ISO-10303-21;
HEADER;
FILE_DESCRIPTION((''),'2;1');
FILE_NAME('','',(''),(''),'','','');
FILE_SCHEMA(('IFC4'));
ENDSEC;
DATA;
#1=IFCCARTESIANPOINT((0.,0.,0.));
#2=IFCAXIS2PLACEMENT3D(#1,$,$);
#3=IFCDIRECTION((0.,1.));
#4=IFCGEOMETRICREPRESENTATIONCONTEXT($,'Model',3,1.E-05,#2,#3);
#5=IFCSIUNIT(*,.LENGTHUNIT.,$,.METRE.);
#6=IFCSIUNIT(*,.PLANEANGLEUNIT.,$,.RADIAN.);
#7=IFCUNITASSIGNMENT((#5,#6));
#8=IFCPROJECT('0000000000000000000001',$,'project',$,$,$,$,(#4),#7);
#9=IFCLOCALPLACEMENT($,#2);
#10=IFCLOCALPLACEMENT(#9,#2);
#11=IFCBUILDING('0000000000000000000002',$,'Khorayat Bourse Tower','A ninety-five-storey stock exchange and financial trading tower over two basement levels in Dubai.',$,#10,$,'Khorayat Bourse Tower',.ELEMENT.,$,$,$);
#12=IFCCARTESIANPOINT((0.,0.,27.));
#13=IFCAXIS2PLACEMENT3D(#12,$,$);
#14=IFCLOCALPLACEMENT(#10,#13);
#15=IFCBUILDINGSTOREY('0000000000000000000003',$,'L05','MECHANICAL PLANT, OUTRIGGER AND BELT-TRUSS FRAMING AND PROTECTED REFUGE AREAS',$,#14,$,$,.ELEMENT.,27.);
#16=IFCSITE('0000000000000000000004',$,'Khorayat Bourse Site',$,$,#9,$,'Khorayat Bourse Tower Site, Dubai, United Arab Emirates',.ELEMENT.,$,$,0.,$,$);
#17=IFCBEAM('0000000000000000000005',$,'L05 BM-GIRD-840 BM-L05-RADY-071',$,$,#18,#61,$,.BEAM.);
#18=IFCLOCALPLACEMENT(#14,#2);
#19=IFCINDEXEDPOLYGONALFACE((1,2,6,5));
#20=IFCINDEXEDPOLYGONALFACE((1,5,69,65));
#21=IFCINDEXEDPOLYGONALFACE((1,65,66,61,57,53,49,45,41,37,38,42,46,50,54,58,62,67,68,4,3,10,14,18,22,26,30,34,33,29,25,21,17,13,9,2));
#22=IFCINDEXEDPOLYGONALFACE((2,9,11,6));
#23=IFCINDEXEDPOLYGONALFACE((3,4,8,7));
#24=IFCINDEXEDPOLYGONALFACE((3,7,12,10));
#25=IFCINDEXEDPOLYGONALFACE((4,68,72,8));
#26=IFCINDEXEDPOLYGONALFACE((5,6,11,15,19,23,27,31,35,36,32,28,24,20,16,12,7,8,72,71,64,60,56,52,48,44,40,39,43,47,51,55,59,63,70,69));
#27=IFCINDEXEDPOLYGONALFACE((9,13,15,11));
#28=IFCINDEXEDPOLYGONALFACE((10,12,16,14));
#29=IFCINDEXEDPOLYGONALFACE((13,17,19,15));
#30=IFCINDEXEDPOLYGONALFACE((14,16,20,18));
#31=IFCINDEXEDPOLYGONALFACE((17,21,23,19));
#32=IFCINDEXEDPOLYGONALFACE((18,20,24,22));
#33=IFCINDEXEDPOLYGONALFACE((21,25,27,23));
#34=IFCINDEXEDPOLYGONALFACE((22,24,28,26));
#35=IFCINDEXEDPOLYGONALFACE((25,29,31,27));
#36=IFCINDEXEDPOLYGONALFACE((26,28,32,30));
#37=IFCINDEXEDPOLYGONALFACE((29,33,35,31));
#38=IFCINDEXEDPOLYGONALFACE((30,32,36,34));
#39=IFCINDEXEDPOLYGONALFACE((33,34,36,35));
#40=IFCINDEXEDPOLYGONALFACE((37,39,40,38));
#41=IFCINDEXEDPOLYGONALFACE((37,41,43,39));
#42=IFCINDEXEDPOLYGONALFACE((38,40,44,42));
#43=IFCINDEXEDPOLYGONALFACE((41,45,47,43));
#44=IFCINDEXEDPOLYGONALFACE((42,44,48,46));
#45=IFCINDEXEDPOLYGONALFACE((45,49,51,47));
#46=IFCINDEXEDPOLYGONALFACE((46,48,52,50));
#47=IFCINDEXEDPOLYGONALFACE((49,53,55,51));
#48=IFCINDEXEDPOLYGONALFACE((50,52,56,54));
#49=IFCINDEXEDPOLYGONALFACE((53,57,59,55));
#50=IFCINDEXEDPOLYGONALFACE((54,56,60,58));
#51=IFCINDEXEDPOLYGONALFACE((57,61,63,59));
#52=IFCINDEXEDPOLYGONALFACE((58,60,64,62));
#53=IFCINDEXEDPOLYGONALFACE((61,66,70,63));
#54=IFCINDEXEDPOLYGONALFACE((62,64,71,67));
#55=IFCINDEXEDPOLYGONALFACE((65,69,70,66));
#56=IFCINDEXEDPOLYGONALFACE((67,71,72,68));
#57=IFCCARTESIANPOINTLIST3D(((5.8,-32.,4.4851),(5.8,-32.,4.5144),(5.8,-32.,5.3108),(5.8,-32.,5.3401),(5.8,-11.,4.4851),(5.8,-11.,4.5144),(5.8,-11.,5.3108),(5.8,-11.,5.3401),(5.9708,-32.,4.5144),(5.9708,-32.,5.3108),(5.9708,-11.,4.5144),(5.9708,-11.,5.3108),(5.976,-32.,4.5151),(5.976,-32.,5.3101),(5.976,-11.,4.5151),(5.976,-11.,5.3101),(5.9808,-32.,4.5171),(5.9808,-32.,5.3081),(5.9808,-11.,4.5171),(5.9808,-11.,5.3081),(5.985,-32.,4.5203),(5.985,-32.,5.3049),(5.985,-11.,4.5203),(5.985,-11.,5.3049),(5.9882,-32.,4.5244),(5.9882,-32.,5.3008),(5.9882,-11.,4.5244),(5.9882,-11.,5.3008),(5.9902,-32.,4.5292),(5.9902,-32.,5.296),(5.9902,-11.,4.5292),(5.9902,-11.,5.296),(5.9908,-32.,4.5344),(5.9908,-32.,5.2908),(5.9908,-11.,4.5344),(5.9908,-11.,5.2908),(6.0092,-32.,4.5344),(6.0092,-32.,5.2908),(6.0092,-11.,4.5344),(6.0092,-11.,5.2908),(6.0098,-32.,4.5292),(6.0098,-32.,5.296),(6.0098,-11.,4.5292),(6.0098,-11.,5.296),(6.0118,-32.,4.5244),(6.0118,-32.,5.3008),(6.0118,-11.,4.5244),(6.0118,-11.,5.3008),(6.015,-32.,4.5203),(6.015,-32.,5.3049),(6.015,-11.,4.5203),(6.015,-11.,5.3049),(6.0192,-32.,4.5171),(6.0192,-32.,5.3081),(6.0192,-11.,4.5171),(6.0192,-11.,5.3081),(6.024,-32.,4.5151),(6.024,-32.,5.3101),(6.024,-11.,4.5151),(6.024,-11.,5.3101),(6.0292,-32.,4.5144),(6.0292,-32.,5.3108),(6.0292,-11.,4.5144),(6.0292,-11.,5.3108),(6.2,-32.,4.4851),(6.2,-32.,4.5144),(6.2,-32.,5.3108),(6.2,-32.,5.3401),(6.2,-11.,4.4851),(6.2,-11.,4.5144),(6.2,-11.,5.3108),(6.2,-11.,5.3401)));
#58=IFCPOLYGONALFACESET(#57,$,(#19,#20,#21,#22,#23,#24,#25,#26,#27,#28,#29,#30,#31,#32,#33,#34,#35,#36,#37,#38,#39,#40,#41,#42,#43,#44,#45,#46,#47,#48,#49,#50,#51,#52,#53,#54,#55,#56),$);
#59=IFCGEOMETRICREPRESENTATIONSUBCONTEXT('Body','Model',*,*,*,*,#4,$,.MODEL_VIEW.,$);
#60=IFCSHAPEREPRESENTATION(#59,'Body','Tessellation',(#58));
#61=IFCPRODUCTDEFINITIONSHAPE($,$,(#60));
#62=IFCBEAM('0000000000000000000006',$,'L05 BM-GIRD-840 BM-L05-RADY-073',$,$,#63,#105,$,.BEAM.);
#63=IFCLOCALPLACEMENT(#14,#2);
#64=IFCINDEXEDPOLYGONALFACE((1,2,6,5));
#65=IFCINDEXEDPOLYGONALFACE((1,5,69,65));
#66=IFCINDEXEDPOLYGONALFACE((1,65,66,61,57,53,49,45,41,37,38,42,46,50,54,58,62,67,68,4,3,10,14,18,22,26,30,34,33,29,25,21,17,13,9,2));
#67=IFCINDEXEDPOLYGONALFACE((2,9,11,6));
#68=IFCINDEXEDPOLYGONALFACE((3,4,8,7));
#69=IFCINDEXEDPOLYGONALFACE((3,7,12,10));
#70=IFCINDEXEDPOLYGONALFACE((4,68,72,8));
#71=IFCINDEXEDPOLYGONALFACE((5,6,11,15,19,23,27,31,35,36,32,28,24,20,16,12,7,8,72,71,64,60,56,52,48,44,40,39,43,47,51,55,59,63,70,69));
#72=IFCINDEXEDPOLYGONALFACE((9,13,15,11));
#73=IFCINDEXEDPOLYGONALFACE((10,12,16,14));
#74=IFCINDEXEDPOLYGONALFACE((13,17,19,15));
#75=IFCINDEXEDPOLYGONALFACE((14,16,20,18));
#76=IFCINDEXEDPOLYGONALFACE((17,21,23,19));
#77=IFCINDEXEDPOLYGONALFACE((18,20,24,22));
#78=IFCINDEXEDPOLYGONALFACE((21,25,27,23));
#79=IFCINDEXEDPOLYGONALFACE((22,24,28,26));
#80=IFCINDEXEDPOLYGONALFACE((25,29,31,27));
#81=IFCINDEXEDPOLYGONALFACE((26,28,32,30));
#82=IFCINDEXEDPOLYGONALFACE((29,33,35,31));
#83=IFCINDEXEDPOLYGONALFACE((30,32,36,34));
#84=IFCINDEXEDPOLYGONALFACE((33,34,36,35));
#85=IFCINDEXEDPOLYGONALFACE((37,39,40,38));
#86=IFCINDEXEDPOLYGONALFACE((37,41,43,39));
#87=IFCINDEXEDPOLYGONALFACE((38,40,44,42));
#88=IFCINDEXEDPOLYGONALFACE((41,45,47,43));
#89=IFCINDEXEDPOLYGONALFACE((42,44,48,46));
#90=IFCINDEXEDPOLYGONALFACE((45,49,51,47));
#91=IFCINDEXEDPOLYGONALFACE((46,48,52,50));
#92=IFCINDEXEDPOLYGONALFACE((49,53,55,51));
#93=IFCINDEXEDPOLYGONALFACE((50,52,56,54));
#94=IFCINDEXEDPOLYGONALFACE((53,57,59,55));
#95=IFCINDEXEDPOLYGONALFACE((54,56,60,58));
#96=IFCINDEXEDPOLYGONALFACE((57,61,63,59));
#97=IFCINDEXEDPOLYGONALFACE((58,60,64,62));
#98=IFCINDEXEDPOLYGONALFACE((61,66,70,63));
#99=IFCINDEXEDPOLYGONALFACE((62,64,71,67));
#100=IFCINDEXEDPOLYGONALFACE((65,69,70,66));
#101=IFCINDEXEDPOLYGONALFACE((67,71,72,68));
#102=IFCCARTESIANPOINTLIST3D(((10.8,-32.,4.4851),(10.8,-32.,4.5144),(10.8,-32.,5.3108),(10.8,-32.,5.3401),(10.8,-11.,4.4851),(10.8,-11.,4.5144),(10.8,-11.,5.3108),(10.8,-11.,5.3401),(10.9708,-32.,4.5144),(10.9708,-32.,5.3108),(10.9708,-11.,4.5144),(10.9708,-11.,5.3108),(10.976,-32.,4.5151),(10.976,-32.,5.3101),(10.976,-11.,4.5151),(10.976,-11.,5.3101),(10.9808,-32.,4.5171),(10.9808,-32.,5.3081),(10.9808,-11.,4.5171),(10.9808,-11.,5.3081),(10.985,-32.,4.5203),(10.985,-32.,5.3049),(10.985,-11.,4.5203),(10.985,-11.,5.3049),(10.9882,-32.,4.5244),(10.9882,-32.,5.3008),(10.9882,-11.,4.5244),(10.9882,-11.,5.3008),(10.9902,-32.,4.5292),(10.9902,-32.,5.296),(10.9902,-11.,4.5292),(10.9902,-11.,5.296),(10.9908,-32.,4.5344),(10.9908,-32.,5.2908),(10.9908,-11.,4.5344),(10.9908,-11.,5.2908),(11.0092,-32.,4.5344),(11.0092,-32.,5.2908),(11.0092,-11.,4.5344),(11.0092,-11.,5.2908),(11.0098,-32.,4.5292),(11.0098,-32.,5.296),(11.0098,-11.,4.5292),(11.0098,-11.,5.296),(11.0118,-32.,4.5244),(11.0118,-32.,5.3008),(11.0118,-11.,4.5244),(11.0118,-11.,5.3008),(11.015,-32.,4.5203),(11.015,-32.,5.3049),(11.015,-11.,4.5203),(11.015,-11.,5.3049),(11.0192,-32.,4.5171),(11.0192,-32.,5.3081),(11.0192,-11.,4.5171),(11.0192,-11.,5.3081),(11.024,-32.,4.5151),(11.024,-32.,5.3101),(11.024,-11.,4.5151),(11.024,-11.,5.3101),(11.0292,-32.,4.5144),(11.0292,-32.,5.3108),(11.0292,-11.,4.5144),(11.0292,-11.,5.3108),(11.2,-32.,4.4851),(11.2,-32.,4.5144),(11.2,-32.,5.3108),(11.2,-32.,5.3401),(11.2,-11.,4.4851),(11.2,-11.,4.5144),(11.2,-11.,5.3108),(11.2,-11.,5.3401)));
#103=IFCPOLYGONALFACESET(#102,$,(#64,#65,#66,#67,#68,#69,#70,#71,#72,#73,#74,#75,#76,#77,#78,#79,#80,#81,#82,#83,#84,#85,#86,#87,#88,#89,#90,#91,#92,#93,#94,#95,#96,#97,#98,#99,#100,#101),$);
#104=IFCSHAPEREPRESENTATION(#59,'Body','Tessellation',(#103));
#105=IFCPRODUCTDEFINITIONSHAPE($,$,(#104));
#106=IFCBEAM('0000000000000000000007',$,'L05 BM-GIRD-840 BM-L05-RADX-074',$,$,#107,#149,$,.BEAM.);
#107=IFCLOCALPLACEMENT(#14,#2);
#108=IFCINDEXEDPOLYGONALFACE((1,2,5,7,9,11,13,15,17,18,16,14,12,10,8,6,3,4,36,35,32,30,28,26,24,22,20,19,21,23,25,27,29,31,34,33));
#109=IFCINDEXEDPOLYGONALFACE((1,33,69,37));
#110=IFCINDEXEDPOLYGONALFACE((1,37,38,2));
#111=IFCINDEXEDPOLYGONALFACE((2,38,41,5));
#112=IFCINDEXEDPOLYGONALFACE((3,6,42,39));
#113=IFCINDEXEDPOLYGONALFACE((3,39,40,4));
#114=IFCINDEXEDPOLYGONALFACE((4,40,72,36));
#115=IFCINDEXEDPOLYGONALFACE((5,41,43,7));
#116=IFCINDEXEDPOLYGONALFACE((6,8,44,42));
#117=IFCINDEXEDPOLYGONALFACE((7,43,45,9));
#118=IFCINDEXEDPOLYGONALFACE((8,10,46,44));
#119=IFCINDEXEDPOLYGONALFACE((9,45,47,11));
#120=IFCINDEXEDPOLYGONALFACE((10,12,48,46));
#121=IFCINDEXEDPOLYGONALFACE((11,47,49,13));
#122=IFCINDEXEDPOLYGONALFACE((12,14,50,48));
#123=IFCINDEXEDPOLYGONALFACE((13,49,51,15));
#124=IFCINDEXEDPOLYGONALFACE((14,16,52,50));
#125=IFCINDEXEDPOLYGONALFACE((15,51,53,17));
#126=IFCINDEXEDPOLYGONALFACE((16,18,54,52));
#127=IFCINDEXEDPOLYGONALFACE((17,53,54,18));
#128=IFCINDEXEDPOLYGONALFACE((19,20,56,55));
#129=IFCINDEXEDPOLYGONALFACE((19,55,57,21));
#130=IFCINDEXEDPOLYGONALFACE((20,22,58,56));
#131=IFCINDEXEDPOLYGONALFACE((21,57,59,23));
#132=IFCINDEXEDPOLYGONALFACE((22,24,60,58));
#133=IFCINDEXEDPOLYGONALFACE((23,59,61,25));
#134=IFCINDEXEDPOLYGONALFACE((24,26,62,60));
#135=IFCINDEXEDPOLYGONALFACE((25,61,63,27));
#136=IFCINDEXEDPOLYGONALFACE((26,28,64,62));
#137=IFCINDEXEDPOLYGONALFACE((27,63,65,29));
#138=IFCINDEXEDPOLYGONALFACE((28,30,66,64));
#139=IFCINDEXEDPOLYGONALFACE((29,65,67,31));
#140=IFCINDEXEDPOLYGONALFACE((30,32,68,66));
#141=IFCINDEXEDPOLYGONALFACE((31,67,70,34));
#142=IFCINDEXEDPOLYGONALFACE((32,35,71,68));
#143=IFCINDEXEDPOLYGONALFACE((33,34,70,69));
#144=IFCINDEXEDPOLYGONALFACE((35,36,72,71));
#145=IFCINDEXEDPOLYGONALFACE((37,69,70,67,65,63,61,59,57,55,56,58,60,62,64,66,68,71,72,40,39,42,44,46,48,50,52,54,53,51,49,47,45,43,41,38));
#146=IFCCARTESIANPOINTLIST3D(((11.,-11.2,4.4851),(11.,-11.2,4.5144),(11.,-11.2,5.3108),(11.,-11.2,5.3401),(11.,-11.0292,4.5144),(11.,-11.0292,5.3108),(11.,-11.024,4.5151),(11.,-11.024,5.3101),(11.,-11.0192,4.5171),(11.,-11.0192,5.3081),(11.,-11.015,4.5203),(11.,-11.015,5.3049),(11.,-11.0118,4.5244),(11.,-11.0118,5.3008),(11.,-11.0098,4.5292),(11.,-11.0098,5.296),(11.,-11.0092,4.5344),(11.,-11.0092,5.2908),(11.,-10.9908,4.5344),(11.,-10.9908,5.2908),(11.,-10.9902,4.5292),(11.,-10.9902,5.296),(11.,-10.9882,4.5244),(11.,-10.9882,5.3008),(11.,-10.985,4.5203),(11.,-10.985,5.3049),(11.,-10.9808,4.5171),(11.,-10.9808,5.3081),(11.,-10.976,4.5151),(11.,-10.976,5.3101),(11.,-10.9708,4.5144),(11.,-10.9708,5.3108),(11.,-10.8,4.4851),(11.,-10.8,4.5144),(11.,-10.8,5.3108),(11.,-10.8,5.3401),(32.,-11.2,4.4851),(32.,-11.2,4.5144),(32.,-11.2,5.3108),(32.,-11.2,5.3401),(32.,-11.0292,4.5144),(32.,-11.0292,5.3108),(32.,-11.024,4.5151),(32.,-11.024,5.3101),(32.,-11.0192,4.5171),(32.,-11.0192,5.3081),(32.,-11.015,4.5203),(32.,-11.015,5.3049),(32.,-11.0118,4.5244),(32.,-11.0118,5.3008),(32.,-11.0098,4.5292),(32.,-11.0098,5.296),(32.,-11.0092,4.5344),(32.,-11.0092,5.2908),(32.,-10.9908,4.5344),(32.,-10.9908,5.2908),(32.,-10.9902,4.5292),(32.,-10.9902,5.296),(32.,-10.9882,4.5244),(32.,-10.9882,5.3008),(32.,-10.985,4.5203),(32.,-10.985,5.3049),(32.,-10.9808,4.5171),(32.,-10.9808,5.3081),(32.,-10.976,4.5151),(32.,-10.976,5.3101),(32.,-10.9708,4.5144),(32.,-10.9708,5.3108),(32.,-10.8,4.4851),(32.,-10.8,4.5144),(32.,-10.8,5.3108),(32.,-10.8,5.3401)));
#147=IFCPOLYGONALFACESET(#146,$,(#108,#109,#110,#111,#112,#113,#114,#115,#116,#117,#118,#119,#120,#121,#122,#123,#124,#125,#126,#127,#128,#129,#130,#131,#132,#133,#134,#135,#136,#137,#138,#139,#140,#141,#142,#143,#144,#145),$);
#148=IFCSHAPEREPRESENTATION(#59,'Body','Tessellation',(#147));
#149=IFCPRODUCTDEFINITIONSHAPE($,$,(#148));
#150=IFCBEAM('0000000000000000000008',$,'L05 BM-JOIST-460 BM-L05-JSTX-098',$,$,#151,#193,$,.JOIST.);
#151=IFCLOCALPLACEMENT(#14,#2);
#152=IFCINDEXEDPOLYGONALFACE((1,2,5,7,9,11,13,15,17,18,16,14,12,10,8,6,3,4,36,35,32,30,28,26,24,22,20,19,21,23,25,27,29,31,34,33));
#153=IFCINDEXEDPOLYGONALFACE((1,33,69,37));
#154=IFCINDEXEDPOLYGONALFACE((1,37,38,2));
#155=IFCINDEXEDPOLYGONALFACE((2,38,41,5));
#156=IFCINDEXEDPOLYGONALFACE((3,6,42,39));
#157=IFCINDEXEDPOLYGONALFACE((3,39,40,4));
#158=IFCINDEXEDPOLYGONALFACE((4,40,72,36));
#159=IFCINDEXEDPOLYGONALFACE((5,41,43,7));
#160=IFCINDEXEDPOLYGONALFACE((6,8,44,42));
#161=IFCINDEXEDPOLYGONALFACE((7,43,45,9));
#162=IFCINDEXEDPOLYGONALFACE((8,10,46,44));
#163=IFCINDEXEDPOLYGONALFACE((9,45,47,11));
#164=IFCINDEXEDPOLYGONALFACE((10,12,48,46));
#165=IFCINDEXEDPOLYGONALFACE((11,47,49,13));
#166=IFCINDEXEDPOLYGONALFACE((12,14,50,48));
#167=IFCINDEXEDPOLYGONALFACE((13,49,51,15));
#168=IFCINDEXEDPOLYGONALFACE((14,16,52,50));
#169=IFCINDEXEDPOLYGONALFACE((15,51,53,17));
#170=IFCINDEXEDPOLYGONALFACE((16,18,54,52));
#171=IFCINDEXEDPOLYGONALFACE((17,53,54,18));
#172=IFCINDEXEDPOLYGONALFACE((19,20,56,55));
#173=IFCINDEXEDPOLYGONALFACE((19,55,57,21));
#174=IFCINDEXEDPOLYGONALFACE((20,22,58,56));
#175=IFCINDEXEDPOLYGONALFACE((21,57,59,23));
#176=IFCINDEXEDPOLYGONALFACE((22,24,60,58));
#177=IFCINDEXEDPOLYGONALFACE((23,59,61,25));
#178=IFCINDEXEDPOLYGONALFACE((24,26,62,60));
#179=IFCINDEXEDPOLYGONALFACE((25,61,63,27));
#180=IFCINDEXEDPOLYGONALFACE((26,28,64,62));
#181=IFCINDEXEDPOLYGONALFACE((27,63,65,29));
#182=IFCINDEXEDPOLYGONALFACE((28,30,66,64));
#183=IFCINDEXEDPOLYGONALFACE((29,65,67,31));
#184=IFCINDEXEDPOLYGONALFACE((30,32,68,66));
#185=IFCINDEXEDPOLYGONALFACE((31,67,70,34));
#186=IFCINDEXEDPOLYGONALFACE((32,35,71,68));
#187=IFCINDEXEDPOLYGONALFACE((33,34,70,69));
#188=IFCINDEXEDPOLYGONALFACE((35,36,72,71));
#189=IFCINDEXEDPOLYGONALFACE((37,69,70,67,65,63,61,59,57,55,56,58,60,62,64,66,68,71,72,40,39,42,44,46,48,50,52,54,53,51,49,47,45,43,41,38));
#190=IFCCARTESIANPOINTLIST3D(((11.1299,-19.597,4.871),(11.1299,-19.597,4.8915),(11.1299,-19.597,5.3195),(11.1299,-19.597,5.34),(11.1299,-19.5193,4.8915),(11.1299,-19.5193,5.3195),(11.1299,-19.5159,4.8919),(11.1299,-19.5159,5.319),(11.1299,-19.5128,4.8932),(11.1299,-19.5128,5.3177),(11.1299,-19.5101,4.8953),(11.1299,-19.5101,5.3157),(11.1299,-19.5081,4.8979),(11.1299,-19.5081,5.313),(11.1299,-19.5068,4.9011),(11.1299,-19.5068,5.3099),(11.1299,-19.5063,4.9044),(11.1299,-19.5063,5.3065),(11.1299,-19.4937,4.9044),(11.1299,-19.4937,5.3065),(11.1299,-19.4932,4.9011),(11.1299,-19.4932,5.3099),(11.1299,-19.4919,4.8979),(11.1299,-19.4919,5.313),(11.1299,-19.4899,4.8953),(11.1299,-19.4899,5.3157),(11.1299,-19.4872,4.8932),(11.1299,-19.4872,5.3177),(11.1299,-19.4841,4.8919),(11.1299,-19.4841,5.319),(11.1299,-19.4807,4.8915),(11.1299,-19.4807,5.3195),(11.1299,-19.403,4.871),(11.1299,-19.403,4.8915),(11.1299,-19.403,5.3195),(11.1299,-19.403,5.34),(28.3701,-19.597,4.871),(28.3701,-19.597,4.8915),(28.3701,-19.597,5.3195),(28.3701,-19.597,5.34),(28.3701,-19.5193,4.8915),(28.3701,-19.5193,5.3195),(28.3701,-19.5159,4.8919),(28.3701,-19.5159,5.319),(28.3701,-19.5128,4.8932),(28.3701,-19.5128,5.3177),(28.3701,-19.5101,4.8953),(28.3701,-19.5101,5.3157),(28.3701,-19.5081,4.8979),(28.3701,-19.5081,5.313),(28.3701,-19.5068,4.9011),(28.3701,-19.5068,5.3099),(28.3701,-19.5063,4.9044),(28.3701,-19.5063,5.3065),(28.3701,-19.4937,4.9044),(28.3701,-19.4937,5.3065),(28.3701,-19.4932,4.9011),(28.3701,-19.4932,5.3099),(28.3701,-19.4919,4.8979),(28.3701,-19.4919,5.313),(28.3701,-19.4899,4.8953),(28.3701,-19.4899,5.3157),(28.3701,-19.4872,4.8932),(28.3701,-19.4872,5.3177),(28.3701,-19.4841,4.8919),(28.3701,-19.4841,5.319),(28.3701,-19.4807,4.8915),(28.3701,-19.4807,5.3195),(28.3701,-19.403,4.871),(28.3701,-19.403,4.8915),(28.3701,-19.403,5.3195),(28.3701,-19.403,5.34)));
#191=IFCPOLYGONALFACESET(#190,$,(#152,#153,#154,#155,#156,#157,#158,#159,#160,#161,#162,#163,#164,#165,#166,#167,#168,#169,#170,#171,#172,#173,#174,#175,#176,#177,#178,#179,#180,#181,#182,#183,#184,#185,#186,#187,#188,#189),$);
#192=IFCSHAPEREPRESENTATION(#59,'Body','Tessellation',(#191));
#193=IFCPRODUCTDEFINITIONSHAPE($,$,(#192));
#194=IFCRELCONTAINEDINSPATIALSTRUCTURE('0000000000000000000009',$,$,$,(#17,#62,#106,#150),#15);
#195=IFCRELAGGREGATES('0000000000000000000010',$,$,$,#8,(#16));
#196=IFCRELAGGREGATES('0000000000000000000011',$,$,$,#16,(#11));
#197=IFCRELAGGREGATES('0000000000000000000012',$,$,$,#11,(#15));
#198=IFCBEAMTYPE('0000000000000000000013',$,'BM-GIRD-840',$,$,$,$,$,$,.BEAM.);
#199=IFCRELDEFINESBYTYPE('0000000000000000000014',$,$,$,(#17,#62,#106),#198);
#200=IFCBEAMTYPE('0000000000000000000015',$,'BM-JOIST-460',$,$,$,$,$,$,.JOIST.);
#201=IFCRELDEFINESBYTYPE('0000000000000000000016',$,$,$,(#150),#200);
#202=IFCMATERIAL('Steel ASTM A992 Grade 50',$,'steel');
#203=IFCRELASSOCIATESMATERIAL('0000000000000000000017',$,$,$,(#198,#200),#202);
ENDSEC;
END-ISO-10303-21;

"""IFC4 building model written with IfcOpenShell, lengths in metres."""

from ifc_helpers import new_model, si_unit, direction, frame, origin, origin_2d, place, context, subcontext, project, spatial, i_section, extrude, source, transform, mapped, material, material_profile, profile_set, type_object, element, save


model = new_model("IFC4")

# Units and contexts
model_context = context("Model", 3, precision=1e-05, world=origin(), true_north=direction((0.0, 1.0)))
body_context = subcontext(model_context, "Body", "Model", "MODEL_VIEW")
ifc_project = project(units=[si_unit("LENGTHUNIT", "METRE"), si_unit("PLANEANGLEUNIT", "RADIAN")], contexts=[model_context])

# Site, building, storey
site_placement = place(None, origin())
site = spatial("IfcSite", under=ifc_project, at=site_placement, Name="Khorayat Bourse Site", LongName="Khorayat Bourse Tower Site, Dubai, United Arab Emirates", CompositionType="ELEMENT", RefElevation=0.0)
building_placement = place(site_placement, origin())
building = spatial("IfcBuilding", under=site, at=building_placement, Name="Khorayat Bourse Tower", Description="A ninety-five-storey stock exchange and financial trading tower over two basement levels in Dubai.", LongName="Khorayat Bourse Tower", CompositionType="ELEMENT")
storey_placement = place(building_placement, frame((0.0, 0.0, 27.0)))
storey = spatial("IfcBuildingStorey", under=building, at=storey_placement, Name="L05", Description="MECHANICAL PLANT, OUTRIGGER AND BELT-TRUSS FRAMING AND PROTECTED REFUGE AREAS", CompositionType="ELEMENT", Elevation=27.0)

# Beams
ifc_material_1 = material(Name="Steel ASTM A992 Grade 50", Category="steel")
ifc_material_profile_1 = material_profile(ifc_material_1, i_section(OverallWidth=0.3999, OverallDepth=0.855, WebThickness=0.0183, FlangeThickness=0.0293, FilletRadius=0.02, at=origin_2d()), Name="W840X299")
ifc_profile_set_1 = profile_set([ifc_material_profile_1], Name="Steel ASTM A992 Grade 50")
beam_type_1 = type_object("IfcBeamType", Name="BM-GIRD-840", PredefinedType="BEAM", material=ifc_profile_set_1)
shared_shape_1 = source(origin(), body_context, "Body", "SweptSolid", [
    extrude(i_section(OverallWidth=0.3999, OverallDepth=0.855, WebThickness=0.0183, FlangeThickness=0.0293, FilletRadius=0.02, at=origin_2d()), origin(), (0.0, 0.0, 1.0), 21.0),
])
for number, where, z_axis, x_axis, name in (
    (1, (6.0, -32.0, 4.9126), (0.0, 1.0, 0.0), (-1.0, 0.0, 0.0), "L05 BM-GIRD-840 BM-L05-RADY-071"),
    (2, (11.0, -32.0, 4.9126), (0.0, 1.0, 0.0), (-1.0, 0.0, 0.0), "L05 BM-GIRD-840 BM-L05-RADY-073"),
    (3, (11.0, -11.0, 4.9126), (1.0, 0.0, 0.0), (0.0, 1.0, 0.0), "L05 BM-GIRD-840 BM-L05-RADX-074"),
):
    element("IfcBeam", number, at=place(storey_placement, frame(where, z_axis=z_axis, x_axis=x_axis)), inside=storey, type_object=beam_type_1, Name=name, PredefinedType="BEAM", context=body_context, shape_type="MappedRepresentation", body=[
        mapped(shared_shape_1, transform((0.0, 0.0, 0.0), scale=1.0)),
    ])
ifc_material_profile_2 = material_profile(ifc_material_1, i_section(OverallWidth=0.1941, OverallDepth=0.469, WebThickness=0.0127, FlangeThickness=0.0205, FilletRadius=0.0129, at=origin_2d()), Name="W460X106")
ifc_profile_set_2 = profile_set([ifc_material_profile_2], Name="Steel ASTM A992 Grade 50")
beam_type_2 = type_object("IfcBeamType", Name="BM-JOIST-460", PredefinedType="JOIST", material=ifc_profile_set_2)
shared_shape_2 = source(origin(), body_context, "Body", "SweptSolid", [
    extrude(i_section(OverallWidth=0.1941, OverallDepth=0.469, WebThickness=0.0127, FlangeThickness=0.0205, FilletRadius=0.0129, at=origin_2d()), origin(), (0.0, 0.0, 1.0), 17.2402),
])
beam_1_placement = place(storey_placement, frame((11.1299, -19.5, 5.1055), z_axis=(1.0, 0.0, 0.0), x_axis=(0.0, 1.0, 0.0)))
element("IfcBeam", 4, at=beam_1_placement, inside=storey, type_object=beam_type_2, Name="L05 BM-JOIST-460 BM-L05-JSTX-098", PredefinedType="JOIST", context=body_context, shape_type="MappedRepresentation", body=[
    mapped(shared_shape_2, transform((0.0, 0.0, 0.0), scale=1.0)),
])

save(model, "model.ifc")
